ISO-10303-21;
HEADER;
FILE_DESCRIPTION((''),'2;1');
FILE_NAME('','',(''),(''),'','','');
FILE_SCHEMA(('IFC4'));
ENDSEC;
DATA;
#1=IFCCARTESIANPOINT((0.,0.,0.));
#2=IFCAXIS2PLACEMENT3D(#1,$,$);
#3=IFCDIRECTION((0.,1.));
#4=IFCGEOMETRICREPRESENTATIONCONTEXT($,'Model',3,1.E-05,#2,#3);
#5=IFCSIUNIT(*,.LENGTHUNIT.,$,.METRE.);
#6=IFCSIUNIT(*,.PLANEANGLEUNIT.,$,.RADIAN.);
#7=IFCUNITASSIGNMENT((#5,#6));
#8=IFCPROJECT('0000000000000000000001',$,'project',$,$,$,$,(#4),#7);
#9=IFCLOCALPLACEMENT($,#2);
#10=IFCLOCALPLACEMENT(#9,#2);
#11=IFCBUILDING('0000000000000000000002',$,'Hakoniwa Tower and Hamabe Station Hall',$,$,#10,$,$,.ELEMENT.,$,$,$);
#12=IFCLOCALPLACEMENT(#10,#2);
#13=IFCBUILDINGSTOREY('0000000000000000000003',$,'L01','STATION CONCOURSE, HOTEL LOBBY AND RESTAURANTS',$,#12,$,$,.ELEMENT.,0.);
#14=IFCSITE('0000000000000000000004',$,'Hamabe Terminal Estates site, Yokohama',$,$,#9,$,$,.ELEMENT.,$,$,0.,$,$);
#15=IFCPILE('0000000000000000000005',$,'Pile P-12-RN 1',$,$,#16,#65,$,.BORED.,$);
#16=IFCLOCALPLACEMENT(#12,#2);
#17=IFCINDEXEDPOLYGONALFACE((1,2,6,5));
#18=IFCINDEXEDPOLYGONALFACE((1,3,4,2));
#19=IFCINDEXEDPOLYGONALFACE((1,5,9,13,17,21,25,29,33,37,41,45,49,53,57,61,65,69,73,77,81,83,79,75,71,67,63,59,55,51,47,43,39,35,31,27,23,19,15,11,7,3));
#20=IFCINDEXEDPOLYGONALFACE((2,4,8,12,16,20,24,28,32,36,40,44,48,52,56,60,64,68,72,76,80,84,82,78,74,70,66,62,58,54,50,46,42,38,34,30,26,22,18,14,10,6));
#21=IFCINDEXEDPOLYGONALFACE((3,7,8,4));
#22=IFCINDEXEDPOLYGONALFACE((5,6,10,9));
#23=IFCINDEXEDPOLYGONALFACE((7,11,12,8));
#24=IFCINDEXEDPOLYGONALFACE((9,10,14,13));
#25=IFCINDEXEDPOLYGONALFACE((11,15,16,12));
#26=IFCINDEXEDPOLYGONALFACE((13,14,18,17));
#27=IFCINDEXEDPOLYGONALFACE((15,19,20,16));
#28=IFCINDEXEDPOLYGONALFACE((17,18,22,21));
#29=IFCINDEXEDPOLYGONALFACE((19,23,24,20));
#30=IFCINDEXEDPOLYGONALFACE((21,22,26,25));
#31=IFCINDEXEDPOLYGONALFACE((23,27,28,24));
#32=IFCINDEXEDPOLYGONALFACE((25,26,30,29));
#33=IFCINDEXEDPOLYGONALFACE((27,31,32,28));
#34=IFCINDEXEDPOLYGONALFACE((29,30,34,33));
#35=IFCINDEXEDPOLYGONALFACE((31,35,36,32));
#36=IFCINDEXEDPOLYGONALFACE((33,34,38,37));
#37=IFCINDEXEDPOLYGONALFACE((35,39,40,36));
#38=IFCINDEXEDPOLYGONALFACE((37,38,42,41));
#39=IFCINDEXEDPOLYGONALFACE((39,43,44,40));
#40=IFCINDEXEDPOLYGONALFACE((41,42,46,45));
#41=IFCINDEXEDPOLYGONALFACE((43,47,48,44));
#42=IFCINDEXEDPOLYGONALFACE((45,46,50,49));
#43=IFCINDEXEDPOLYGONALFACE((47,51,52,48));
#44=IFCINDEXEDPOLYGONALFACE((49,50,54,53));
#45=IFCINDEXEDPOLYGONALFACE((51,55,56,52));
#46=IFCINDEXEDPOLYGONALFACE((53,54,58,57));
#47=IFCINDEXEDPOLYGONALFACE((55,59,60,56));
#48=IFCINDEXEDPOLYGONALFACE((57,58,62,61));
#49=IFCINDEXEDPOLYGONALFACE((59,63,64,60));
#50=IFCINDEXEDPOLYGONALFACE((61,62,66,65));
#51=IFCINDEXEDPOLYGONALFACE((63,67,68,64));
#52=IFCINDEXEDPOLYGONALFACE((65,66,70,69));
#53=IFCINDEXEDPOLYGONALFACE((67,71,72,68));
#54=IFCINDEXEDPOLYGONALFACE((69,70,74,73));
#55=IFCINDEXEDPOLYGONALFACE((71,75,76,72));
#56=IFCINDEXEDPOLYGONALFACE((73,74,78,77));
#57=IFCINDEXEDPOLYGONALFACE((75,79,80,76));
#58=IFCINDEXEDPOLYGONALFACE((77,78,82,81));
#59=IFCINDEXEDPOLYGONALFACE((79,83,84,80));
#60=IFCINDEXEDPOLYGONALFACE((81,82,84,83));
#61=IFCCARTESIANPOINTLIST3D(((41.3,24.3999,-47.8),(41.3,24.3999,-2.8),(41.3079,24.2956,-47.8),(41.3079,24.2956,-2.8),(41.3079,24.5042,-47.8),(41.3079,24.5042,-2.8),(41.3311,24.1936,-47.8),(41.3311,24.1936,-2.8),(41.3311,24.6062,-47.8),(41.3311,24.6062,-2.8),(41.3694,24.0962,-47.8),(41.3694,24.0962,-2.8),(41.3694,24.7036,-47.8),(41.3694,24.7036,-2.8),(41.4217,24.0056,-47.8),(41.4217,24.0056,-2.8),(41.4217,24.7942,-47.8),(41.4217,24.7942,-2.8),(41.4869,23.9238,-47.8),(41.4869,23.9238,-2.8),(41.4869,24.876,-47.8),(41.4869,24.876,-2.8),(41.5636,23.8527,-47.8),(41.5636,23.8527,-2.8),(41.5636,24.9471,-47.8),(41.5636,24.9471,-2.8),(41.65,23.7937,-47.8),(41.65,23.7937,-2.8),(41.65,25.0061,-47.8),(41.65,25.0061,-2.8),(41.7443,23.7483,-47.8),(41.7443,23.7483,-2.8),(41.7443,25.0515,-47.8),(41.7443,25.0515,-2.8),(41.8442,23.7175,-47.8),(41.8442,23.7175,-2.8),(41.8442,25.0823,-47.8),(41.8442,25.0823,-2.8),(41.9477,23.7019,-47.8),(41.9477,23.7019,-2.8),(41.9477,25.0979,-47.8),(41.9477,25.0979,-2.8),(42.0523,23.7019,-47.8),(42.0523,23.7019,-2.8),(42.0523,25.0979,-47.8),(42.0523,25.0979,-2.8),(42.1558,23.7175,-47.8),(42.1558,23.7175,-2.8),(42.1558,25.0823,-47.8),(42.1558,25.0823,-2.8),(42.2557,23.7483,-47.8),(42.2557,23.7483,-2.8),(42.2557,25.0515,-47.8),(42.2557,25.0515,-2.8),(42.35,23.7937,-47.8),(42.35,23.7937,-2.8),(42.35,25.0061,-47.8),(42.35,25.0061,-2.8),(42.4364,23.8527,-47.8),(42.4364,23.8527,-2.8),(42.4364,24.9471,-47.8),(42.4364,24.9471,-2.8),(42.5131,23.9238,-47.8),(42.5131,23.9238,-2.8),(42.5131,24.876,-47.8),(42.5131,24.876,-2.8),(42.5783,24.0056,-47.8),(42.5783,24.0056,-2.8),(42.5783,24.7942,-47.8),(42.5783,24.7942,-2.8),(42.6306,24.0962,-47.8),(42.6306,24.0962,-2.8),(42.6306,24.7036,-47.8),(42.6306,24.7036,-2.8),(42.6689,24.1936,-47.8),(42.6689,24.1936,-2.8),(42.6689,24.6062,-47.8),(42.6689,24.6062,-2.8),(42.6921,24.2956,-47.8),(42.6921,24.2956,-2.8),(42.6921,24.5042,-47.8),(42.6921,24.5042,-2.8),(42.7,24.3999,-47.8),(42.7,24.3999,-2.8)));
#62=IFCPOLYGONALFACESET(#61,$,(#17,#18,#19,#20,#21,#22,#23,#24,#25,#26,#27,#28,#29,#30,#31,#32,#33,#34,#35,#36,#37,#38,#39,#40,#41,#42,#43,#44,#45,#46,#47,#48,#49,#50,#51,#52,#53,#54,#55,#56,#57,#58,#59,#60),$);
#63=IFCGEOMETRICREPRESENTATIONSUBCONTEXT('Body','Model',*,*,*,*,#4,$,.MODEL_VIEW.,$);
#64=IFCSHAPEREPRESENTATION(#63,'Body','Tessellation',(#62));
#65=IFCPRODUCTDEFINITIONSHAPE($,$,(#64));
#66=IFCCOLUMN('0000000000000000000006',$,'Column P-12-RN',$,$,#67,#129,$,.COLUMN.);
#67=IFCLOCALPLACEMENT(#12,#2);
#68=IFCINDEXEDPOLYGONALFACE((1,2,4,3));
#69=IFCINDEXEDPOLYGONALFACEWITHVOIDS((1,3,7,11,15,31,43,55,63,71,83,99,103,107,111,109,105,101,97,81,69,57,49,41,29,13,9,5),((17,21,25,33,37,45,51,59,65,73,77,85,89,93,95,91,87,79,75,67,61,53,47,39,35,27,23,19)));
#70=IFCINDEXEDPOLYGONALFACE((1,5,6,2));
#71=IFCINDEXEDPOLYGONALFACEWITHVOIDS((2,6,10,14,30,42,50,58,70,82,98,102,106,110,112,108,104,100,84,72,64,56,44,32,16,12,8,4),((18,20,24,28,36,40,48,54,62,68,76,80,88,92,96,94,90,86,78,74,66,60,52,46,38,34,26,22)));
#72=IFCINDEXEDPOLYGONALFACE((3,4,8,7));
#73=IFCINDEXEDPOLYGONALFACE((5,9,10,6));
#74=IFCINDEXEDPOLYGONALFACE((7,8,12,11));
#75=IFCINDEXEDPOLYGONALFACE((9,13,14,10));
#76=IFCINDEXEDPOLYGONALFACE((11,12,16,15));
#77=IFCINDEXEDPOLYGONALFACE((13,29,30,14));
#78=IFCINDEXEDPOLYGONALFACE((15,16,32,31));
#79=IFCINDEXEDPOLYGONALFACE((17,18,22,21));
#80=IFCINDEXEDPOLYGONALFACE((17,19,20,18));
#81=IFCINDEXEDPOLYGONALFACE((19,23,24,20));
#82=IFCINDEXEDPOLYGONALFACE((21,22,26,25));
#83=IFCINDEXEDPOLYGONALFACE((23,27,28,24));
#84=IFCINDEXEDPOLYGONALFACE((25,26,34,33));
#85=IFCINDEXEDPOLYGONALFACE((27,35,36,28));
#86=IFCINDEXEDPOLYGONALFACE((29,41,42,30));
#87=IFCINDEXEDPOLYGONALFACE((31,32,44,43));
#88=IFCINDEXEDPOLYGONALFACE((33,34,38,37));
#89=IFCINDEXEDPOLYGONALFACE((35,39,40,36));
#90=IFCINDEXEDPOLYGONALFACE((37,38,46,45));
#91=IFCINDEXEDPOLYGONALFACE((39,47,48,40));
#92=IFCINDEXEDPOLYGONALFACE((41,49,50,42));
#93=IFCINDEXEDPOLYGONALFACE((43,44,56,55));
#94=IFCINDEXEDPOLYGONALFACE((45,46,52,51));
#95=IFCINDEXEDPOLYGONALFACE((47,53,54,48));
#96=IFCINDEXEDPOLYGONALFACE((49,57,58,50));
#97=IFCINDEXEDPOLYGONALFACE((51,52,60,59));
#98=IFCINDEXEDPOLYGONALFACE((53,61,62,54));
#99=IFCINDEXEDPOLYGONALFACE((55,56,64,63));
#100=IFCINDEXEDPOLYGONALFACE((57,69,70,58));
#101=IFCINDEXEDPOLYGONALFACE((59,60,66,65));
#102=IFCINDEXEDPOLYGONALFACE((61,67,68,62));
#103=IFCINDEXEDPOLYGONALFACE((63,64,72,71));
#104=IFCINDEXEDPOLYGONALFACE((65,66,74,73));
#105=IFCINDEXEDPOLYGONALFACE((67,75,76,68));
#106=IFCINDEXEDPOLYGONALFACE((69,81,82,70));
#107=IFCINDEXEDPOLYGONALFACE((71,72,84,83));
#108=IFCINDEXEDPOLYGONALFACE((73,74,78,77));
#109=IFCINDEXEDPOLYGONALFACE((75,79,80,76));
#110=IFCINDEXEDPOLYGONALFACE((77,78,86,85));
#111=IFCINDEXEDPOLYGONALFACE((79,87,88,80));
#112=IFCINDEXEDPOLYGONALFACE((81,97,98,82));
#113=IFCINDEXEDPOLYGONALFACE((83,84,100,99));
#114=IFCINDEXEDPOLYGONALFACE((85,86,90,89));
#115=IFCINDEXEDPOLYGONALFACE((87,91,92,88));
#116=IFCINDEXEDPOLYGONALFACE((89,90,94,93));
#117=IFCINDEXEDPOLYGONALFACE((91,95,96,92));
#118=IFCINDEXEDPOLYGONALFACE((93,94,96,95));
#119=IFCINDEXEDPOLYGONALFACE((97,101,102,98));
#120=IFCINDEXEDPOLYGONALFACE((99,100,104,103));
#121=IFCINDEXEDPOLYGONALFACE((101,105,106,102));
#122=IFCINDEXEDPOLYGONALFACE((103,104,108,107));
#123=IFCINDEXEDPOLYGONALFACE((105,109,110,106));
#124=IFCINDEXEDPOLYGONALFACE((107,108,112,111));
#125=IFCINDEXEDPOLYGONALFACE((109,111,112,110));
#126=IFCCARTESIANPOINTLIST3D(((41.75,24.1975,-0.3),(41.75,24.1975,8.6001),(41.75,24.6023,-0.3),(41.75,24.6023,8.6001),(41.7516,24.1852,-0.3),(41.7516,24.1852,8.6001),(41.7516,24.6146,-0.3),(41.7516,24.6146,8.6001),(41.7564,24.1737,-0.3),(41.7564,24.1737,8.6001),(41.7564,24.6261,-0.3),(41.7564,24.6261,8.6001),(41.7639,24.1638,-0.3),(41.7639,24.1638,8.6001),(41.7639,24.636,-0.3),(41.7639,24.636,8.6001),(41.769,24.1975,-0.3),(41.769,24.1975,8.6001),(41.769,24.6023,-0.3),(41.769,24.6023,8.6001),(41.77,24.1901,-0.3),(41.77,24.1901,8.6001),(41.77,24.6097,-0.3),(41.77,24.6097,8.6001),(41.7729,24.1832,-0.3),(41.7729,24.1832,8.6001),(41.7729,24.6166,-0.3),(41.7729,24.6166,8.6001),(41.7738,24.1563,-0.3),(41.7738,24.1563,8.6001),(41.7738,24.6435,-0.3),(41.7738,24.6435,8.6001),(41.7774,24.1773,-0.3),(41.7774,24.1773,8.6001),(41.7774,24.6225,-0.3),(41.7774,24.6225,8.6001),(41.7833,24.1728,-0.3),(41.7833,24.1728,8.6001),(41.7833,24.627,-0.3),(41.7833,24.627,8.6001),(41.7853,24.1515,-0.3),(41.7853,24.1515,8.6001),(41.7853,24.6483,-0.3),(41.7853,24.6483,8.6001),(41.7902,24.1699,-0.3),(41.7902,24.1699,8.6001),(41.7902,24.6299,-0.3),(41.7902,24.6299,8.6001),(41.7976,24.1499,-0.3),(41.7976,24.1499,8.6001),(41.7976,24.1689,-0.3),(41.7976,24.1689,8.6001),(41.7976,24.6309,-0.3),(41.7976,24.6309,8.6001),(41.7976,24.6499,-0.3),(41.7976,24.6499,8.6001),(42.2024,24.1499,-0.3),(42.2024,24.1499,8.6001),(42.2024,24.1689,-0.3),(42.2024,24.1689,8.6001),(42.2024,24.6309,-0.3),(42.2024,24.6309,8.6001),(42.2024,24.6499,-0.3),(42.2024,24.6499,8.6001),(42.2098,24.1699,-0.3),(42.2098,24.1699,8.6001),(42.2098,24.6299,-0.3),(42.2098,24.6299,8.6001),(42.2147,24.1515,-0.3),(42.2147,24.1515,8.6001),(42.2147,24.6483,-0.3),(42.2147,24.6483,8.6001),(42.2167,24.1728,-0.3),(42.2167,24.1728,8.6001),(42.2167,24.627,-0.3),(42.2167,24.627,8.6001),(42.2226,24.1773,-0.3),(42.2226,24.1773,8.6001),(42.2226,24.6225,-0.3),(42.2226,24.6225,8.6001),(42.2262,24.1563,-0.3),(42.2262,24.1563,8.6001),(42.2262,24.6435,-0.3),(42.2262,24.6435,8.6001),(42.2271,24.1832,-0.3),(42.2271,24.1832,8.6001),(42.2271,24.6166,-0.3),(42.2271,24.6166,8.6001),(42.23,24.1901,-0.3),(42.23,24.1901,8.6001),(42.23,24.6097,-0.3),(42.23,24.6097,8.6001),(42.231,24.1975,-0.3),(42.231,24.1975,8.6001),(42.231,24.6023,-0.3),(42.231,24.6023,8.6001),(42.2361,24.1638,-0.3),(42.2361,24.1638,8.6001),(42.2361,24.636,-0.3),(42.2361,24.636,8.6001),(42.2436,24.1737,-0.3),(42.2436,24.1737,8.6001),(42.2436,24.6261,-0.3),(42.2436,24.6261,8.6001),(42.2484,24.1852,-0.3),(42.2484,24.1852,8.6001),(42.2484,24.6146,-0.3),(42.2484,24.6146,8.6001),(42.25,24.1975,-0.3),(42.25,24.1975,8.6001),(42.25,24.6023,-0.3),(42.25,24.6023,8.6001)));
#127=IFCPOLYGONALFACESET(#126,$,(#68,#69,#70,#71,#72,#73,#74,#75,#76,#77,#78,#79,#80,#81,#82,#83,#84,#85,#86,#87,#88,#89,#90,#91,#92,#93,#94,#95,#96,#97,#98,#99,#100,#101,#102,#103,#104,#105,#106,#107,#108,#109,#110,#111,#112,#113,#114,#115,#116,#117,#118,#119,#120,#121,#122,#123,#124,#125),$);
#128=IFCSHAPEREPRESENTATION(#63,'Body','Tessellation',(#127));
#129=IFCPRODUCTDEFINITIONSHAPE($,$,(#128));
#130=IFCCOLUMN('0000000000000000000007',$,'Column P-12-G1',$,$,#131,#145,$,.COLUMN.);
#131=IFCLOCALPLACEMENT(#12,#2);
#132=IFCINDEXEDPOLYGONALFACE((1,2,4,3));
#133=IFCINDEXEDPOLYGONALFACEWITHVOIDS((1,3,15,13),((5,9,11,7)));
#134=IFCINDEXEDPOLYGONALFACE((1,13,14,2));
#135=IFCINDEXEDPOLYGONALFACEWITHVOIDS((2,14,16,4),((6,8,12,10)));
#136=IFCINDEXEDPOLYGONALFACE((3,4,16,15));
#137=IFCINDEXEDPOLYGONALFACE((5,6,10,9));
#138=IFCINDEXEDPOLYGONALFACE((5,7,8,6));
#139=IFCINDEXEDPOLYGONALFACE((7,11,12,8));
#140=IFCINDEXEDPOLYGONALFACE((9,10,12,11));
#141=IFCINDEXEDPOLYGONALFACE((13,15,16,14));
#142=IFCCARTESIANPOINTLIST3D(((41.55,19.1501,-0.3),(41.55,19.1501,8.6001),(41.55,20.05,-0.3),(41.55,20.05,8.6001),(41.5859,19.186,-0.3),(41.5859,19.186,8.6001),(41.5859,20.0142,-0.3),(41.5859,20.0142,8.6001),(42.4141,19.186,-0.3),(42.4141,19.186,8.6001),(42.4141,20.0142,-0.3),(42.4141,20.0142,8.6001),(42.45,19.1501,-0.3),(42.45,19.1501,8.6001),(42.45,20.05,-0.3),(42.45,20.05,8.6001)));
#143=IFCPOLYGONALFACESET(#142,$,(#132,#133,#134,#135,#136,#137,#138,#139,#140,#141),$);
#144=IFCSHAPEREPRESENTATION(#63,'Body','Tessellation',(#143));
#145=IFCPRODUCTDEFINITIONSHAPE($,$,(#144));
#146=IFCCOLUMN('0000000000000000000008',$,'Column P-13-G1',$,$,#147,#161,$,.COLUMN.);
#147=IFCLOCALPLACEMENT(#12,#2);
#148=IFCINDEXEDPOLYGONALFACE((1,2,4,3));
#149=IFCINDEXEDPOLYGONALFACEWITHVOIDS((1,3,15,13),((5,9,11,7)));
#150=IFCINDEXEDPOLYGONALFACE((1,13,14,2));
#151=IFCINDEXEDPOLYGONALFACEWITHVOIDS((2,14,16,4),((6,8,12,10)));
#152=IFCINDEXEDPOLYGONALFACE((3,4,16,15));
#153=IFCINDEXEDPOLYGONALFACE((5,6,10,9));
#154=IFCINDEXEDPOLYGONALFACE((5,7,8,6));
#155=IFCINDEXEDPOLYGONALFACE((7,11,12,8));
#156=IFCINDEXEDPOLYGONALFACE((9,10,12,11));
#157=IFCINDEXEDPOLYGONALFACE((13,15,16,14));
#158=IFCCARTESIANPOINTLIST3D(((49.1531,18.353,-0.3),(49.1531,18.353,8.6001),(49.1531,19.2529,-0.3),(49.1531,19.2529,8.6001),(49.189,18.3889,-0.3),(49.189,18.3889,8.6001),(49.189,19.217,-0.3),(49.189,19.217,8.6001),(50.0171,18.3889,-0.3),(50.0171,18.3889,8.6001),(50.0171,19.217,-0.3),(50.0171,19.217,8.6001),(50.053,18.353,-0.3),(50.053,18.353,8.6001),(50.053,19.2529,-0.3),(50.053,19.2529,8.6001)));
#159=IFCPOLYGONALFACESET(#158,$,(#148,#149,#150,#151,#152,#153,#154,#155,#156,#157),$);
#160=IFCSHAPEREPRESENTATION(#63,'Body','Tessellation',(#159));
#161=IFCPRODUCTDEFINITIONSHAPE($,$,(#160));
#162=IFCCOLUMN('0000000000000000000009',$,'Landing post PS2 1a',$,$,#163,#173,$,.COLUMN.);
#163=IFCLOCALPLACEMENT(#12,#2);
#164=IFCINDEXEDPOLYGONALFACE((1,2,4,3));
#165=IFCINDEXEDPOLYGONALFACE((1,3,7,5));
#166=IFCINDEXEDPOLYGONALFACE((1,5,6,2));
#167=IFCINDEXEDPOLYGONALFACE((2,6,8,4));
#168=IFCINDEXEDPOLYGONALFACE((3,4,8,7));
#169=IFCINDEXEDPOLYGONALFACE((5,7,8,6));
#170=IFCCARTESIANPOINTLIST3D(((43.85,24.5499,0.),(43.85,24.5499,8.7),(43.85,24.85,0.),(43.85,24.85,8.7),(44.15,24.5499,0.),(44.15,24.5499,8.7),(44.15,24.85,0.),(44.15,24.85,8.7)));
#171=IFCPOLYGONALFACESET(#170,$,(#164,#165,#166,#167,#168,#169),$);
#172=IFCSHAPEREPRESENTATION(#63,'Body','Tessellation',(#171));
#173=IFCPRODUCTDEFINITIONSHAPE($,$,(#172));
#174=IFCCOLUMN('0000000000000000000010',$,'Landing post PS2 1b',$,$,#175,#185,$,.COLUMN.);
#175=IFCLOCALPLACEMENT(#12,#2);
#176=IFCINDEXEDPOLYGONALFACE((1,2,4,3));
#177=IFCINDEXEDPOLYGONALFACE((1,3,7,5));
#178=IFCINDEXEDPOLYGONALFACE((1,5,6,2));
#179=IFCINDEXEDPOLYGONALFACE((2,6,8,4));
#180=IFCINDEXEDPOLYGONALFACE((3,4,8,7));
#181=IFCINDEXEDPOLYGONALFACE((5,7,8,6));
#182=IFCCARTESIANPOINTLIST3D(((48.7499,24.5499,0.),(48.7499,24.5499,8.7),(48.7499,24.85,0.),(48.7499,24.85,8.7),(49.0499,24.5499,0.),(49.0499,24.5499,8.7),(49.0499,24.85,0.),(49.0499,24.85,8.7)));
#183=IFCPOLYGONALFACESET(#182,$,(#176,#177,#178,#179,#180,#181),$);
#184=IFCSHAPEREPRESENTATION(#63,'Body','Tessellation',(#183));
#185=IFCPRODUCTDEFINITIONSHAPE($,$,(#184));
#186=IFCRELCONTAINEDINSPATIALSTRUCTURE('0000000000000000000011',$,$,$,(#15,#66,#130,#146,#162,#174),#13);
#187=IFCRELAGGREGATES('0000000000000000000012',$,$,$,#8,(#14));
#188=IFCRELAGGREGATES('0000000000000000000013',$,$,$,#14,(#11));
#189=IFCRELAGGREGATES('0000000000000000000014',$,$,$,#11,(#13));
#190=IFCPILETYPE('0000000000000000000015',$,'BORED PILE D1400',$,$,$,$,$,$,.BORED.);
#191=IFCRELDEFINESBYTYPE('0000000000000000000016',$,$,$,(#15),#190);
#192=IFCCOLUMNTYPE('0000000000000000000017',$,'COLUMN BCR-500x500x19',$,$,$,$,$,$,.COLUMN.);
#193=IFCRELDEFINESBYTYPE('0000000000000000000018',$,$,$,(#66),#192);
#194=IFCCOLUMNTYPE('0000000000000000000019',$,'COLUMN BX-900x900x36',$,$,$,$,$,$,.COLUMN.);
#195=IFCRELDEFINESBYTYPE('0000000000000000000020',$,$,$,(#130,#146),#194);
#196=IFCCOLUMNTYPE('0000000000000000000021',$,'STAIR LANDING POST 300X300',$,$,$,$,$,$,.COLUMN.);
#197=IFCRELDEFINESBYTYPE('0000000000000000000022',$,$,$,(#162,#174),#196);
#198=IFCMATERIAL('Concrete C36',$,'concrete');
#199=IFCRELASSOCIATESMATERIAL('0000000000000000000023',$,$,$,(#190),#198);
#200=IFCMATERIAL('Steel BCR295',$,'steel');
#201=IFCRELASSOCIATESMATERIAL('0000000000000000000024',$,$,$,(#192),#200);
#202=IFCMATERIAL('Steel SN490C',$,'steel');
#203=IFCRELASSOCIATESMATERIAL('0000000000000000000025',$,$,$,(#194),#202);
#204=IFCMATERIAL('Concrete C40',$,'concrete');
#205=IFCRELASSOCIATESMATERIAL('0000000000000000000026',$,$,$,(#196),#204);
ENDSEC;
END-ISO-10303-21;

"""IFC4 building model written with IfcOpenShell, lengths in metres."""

from ifc_helpers import new_model, si_unit, direction, frame, origin, origin_2d, place, context, subcontext, project, spatial, rectangle, hollow_rectangle, circle, extrude, material, material_profile, profile_set, type_object, element, save


model = new_model("IFC4")

# Units and contexts
model_context = context("Model", 3, precision=1e-05, world=origin(), true_north=direction((0.0, 1.0)))
body_context = subcontext(model_context, "Body", "Model", "MODEL_VIEW")
ifc_project = project(units=[si_unit("LENGTHUNIT", "METRE"), si_unit("PLANEANGLEUNIT", "RADIAN")], contexts=[model_context])

# Site, building, storey
site_placement = place(None, origin())
site = spatial("IfcSite", under=ifc_project, at=site_placement, Name="Hamabe Terminal Estates site, Yokohama", CompositionType="ELEMENT", RefElevation=0.0)
building_placement = place(site_placement, origin())
building = spatial("IfcBuilding", under=site, at=building_placement, Name="Hakoniwa Tower and Hamabe Station Hall", CompositionType="ELEMENT")
storey_placement = place(building_placement, origin())
storey = spatial("IfcBuildingStorey", under=building, at=storey_placement, Name="L01", Description="STATION CONCOURSE, HOTEL LOBBY AND RESTAURANTS", CompositionType="ELEMENT", Elevation=0.0)

# Pile
ifc_material_1 = material(Name="Concrete C36", Category="concrete")
ifc_material_profile_1 = material_profile(ifc_material_1, circle(Radius=0.7, at=origin_2d()), Name="BORED PILE D1400")
ifc_profile_set_1 = profile_set([ifc_material_profile_1], Name="Concrete C36")
pile_type = type_object("IfcPileType", Name="BORED PILE D1400", PredefinedType="BORED", material=ifc_profile_set_1)
for number, where, z_axis, x_axis, name in (
    (1, (42.0, 24.3999, -2.8), (0.0, 0.0, -1.0), (1.0, 0.0, 0.0), "Pile P-12-RN 1"),
):
    element("IfcPile", number, at=place(storey_placement, frame(where, z_axis=z_axis, x_axis=x_axis)), inside=storey, type_object=pile_type, Name=name, PredefinedType="BORED", context=body_context, shape_type="SweptSolid", body=[
        extrude(circle(Radius=0.7, at=origin_2d()), origin(), (0.0, 0.0, 1.0), 45.0),
    ])

# Columns
ifc_material_2 = material(Name="Steel BCR295", Category="steel")
ifc_material_profile_2 = material_profile(ifc_material_2, hollow_rectangle(XDim=0.5, YDim=0.5, WallThickness=0.019, InnerFilletRadius=0.0286, OuterFilletRadius=0.0476, at=origin_2d()), Name="BCR-500x500x19")
ifc_profile_set_2 = profile_set([ifc_material_profile_2], Name="Steel BCR295")
column_type_1 = type_object("IfcColumnType", Name="COLUMN BCR-500x500x19", PredefinedType="COLUMN", material=ifc_profile_set_2)
column_placement = place(storey_placement, frame((42.0, 24.3999, -0.3), z_axis=(0.0, 0.0, 1.0), x_axis=(1.0, 0.0, 0.0)))
element("IfcColumn", 2, at=column_placement, inside=storey, type_object=column_type_1, Name="Column P-12-RN", PredefinedType="COLUMN", context=body_context, shape_type="SweptSolid", body=[
    extrude(hollow_rectangle(XDim=0.5, YDim=0.5, WallThickness=0.019, InnerFilletRadius=0.0286, OuterFilletRadius=0.0476, at=origin_2d()), origin(), (0.0, 0.0, 1.0), 8.9001),
])
ifc_material_3 = material(Name="Steel SN490C", Category="steel")
ifc_material_profile_3 = material_profile(ifc_material_3, hollow_rectangle(XDim=0.8999, YDim=0.8999, WallThickness=0.0359, at=origin_2d()), Name="BX-900x900x36")
ifc_profile_set_3 = profile_set([ifc_material_profile_3], Name="Steel SN490C")
column_type_2 = type_object("IfcColumnType", Name="COLUMN BX-900x900x36", PredefinedType="COLUMN", material=ifc_profile_set_3)
for number, where, z_axis, x_axis, name in (
    (3, (42.0, 19.6001, -0.3), (0.0, 0.0, 1.0), (1.0, 0.0, 0.0), "Column P-12-G1"),
    (4, (49.603, 18.803, -0.3), (0.0, 0.0, 1.0), (1.0, 0.0, 0.0), "Column P-13-G1"),
):
    element("IfcColumn", number, at=place(storey_placement, frame(where, z_axis=z_axis, x_axis=x_axis)), inside=storey, type_object=column_type_2, Name=name, PredefinedType="COLUMN", context=body_context, shape_type="SweptSolid", body=[
        extrude(hollow_rectangle(XDim=0.8999, YDim=0.8999, WallThickness=0.0359, at=origin_2d()), origin(), (0.0, 0.0, 1.0), 8.9001),
    ])
ifc_material_4 = material(Name="Concrete C40", Category="concrete")
ifc_material_profile_4 = material_profile(ifc_material_4, rectangle(XDim=0.3, YDim=0.3, at=origin_2d()), Name="STAIR LANDING POST 300X300")
ifc_profile_set_4 = profile_set([ifc_material_profile_4], Name="Concrete C40")
column_type_3 = type_object("IfcColumnType", Name="STAIR LANDING POST 300X300", PredefinedType="COLUMN", material=ifc_profile_set_4)
for number, where, z_axis, x_axis, name in (
    (5, (44.0, 24.7, 0.0), (0.0, 0.0, 1.0), (1.0, 0.0, 0.0), "Landing post PS2 1a"),
    (6, (48.8999, 24.7, 0.0), (0.0, 0.0, 1.0), (1.0, 0.0, 0.0), "Landing post PS2 1b"),
):
    element("IfcColumn", number, at=place(storey_placement, frame(where, z_axis=z_axis, x_axis=x_axis)), inside=storey, type_object=column_type_3, Name=name, PredefinedType="COLUMN", context=body_context, shape_type="SweptSolid", body=[
        extrude(rectangle(XDim=0.3, YDim=0.3, at=origin_2d()), origin(), (0.0, 0.0, 1.0), 8.7),
    ])

save(model, "model.ifc")
